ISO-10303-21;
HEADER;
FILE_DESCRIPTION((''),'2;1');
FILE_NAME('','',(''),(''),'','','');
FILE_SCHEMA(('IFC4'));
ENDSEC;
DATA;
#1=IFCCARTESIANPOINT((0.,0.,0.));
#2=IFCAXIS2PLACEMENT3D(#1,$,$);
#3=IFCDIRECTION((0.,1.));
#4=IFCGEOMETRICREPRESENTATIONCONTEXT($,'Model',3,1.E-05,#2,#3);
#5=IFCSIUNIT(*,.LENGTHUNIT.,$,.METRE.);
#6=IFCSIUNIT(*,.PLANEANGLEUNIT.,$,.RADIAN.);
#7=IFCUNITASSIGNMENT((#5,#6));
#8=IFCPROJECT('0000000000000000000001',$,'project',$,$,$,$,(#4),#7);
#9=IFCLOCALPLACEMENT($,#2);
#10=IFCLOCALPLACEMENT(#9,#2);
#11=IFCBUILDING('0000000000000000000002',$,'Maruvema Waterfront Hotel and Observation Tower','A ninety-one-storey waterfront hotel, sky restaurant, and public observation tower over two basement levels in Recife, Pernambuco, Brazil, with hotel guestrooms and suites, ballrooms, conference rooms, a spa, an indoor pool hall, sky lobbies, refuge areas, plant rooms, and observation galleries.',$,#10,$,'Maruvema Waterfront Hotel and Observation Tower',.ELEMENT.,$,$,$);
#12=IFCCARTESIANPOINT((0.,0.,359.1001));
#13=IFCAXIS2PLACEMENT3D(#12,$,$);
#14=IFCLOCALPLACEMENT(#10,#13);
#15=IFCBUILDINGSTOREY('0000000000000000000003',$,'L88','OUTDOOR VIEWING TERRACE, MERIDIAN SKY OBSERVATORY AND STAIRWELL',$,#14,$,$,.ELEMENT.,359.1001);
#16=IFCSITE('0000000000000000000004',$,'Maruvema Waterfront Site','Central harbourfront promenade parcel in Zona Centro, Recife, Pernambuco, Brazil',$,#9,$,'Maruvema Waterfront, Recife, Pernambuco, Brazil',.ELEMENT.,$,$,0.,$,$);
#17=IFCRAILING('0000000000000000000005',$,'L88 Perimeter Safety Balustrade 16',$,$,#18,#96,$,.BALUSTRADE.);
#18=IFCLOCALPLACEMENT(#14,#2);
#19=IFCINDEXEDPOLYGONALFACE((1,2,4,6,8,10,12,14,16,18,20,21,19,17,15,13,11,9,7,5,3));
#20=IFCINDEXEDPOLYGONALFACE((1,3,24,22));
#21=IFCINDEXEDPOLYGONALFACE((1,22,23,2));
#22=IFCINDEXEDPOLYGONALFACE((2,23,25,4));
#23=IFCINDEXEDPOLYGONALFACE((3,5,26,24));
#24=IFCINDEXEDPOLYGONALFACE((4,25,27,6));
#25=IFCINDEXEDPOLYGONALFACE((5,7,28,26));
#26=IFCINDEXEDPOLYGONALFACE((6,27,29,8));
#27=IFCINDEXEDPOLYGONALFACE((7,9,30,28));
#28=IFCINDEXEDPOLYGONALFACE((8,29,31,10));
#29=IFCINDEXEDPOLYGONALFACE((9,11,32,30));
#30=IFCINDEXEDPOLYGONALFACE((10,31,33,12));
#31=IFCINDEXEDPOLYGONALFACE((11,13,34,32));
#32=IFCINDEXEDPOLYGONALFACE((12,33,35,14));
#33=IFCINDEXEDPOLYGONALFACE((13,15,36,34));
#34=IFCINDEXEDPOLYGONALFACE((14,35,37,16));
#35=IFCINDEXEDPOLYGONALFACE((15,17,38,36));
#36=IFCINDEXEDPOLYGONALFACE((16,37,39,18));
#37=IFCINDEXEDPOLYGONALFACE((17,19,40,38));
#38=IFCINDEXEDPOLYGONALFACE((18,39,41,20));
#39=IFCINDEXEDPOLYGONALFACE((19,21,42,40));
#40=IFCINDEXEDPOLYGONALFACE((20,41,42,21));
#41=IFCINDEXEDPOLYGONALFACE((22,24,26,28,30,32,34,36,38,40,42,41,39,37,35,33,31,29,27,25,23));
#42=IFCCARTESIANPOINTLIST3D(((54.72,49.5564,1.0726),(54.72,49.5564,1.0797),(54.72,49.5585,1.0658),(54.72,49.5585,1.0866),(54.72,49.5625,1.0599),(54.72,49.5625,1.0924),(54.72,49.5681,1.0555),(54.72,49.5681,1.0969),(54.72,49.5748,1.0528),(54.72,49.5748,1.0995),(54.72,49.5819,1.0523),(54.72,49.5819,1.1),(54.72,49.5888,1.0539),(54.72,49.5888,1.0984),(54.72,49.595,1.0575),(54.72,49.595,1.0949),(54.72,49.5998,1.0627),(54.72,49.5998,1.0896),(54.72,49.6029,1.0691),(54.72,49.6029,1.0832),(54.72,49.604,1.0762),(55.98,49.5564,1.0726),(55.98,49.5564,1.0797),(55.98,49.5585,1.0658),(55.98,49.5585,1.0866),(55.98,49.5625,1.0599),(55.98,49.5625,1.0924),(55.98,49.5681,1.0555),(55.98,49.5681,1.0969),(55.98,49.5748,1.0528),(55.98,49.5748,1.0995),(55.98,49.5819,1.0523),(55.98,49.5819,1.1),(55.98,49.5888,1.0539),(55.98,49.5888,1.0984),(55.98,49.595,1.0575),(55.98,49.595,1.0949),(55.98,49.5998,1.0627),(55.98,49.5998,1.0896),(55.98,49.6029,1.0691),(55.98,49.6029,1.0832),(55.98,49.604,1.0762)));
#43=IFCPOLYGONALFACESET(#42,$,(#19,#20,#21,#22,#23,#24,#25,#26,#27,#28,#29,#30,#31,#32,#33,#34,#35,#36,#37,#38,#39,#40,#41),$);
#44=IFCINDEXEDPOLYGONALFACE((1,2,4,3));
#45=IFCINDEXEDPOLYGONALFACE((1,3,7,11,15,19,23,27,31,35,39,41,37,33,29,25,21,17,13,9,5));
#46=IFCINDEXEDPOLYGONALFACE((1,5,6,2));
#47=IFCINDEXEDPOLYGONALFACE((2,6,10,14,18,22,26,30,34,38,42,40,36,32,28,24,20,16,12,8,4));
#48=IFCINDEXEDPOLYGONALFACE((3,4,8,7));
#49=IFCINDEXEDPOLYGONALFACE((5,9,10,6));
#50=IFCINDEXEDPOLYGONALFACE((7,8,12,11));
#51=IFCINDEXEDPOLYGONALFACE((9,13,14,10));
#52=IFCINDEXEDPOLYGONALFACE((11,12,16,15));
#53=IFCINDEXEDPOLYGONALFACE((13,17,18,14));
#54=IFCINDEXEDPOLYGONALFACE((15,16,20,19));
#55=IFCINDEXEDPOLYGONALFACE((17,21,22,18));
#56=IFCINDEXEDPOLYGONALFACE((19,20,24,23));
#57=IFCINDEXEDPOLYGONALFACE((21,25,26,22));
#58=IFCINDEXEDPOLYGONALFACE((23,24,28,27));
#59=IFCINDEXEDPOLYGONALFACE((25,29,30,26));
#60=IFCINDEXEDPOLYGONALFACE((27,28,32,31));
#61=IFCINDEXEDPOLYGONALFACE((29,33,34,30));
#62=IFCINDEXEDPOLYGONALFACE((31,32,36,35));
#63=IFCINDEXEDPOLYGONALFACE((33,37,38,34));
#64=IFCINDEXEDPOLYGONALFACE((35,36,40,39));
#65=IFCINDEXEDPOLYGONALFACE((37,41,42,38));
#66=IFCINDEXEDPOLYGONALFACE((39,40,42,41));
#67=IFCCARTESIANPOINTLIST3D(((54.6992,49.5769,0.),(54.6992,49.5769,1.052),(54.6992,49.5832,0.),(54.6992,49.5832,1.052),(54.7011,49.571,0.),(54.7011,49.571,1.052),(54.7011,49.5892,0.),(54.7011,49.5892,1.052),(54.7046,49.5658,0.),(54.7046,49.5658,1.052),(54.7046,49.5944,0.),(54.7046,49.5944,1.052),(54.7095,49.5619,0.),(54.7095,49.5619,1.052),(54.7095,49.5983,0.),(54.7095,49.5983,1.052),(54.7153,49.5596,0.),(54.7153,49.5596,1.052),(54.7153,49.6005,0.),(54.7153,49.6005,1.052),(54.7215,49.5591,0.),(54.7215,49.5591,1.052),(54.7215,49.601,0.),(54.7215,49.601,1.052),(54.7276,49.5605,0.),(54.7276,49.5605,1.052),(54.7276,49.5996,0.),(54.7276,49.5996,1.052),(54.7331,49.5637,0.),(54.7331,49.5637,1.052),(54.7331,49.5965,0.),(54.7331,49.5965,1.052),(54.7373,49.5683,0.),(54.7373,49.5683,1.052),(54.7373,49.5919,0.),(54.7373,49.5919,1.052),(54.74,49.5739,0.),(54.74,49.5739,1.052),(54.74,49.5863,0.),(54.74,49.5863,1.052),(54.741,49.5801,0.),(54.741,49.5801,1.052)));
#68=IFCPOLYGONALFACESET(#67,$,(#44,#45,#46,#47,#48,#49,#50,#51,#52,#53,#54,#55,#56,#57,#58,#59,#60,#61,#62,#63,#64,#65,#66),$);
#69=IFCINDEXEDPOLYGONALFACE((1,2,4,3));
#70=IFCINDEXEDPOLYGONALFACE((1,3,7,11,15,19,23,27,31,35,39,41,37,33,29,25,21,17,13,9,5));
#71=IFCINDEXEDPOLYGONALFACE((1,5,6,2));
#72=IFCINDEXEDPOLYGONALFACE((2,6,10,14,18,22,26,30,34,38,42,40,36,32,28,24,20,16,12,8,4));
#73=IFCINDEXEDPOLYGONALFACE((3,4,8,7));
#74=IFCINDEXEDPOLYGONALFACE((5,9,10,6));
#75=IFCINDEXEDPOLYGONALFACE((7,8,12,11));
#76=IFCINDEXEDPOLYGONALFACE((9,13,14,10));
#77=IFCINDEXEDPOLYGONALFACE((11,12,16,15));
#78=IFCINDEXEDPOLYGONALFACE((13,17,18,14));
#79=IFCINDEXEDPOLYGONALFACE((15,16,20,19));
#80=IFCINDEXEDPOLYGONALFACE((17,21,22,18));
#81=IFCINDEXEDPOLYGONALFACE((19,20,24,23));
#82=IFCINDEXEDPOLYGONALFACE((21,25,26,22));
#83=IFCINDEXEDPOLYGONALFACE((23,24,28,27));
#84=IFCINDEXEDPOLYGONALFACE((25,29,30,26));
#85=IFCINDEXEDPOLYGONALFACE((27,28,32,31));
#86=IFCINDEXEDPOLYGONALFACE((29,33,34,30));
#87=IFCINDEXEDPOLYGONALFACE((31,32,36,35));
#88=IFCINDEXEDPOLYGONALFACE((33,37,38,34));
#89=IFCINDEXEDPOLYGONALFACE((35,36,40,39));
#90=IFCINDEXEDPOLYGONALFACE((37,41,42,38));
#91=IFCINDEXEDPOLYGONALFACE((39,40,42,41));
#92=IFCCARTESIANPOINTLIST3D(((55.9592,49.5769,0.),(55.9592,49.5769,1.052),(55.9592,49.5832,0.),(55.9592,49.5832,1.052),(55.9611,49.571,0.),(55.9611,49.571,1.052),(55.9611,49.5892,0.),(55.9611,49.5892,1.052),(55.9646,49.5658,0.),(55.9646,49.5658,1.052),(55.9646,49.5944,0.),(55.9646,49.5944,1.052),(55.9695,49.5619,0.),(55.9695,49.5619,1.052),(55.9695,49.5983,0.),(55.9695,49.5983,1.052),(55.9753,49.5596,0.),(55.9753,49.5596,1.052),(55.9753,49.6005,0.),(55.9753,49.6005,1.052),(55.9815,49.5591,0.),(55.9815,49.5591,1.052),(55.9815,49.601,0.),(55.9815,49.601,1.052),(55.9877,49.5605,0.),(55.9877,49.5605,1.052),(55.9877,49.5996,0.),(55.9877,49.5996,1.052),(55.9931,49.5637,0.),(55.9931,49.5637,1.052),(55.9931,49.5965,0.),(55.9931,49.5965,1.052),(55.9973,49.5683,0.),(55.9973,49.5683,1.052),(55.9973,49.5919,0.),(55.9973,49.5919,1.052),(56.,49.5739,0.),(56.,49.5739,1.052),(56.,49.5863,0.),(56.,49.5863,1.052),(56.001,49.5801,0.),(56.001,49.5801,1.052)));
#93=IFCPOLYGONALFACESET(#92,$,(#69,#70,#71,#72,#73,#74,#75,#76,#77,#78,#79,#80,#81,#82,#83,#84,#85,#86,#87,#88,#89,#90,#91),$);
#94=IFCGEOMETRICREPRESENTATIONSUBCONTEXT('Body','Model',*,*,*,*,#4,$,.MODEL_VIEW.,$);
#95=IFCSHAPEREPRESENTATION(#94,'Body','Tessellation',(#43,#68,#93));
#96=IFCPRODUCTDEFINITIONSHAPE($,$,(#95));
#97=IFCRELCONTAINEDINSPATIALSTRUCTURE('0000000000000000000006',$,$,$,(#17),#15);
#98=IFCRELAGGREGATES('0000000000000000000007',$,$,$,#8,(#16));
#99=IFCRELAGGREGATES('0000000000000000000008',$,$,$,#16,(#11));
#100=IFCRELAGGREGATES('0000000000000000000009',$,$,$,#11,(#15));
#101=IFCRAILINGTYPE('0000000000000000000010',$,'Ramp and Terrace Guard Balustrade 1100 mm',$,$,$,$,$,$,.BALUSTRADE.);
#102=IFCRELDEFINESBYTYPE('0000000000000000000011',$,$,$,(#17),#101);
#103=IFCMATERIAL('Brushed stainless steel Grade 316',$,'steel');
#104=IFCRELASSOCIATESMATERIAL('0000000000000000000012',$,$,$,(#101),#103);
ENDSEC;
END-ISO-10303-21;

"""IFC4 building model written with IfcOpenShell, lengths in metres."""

from ifc_helpers import new_model, si_unit, direction, frame, origin, origin_2d, place, context, subcontext, project, spatial, circle, extrude, material, type_object, element, save


model = new_model("IFC4")

# Units and contexts
model_context = context("Model", 3, precision=1e-05, world=origin(), true_north=direction((0.0, 1.0)))
body_context = subcontext(model_context, "Body", "Model", "MODEL_VIEW")
ifc_project = project(units=[si_unit("LENGTHUNIT", "METRE"), si_unit("PLANEANGLEUNIT", "RADIAN")], contexts=[model_context])

# Site, building, storey
site_placement = place(None, origin())
site = spatial("IfcSite", under=ifc_project, at=site_placement, Name="Maruvema Waterfront Site", Description="Central harbourfront promenade parcel in Zona Centro, Recife, Pernambuco, Brazil", LongName="Maruvema Waterfront, Recife, Pernambuco, Brazil", CompositionType="ELEMENT", RefElevation=0.0)
building_placement = place(site_placement, origin())
building = spatial("IfcBuilding", under=site, at=building_placement, Name="Maruvema Waterfront Hotel and Observation Tower", Description="A ninety-one-storey waterfront hotel, sky restaurant, and public observation tower over two basement levels in Recife, Pernambuco, Brazil, with hotel guestrooms and suites, ballrooms, conference rooms, a spa, an indoor pool hall, sky lobbies, refuge areas, plant rooms, and observation galleries.", LongName="Maruvema Waterfront Hotel and Observation Tower", CompositionType="ELEMENT")
storey_placement = place(building_placement, frame((0.0, 0.0, 359.1001)))
storey = spatial("IfcBuildingStorey", under=building, at=storey_placement, Name="L88", Description="OUTDOOR VIEWING TERRACE, MERIDIAN SKY OBSERVATORY AND STAIRWELL", CompositionType="ELEMENT", Elevation=359.1001)

# Railing
ifc_material_1 = material(Name="Brushed stainless steel Grade 316", Category="steel")
railing_type = type_object("IfcRailingType", Name="Ramp and Terrace Guard Balustrade 1100 mm", PredefinedType="BALUSTRADE", material=ifc_material_1)
railing_1_placement = place(storey_placement, frame((54.72, 49.5801, 0.0)))
element("IfcRailing", 1, at=railing_1_placement, inside=storey, type_object=railing_type, Name="L88 Perimeter Safety Balustrade 16", PredefinedType="BALUSTRADE", context=body_context, shape_type="SweptSolid", body=[
    extrude(circle(Radius=0.0239, at=origin_2d()), frame((0.0, 0.0, 1.0762), z_axis=(1.0, 0.0, 0.0), x_axis=(0.0, 1.0, 0.0)), (0.0, 0.0, 1.0), 1.26),
    extrude(circle(Radius=0.021, at=origin_2d()), origin(), (0.0, 0.0, 1.0), 1.052),
    extrude(circle(Radius=0.021, at=origin_2d()), frame((1.26, 0.0, 0.0)), (0.0, 0.0, 1.0), 1.052),
])

save(model, "model.ifc")
